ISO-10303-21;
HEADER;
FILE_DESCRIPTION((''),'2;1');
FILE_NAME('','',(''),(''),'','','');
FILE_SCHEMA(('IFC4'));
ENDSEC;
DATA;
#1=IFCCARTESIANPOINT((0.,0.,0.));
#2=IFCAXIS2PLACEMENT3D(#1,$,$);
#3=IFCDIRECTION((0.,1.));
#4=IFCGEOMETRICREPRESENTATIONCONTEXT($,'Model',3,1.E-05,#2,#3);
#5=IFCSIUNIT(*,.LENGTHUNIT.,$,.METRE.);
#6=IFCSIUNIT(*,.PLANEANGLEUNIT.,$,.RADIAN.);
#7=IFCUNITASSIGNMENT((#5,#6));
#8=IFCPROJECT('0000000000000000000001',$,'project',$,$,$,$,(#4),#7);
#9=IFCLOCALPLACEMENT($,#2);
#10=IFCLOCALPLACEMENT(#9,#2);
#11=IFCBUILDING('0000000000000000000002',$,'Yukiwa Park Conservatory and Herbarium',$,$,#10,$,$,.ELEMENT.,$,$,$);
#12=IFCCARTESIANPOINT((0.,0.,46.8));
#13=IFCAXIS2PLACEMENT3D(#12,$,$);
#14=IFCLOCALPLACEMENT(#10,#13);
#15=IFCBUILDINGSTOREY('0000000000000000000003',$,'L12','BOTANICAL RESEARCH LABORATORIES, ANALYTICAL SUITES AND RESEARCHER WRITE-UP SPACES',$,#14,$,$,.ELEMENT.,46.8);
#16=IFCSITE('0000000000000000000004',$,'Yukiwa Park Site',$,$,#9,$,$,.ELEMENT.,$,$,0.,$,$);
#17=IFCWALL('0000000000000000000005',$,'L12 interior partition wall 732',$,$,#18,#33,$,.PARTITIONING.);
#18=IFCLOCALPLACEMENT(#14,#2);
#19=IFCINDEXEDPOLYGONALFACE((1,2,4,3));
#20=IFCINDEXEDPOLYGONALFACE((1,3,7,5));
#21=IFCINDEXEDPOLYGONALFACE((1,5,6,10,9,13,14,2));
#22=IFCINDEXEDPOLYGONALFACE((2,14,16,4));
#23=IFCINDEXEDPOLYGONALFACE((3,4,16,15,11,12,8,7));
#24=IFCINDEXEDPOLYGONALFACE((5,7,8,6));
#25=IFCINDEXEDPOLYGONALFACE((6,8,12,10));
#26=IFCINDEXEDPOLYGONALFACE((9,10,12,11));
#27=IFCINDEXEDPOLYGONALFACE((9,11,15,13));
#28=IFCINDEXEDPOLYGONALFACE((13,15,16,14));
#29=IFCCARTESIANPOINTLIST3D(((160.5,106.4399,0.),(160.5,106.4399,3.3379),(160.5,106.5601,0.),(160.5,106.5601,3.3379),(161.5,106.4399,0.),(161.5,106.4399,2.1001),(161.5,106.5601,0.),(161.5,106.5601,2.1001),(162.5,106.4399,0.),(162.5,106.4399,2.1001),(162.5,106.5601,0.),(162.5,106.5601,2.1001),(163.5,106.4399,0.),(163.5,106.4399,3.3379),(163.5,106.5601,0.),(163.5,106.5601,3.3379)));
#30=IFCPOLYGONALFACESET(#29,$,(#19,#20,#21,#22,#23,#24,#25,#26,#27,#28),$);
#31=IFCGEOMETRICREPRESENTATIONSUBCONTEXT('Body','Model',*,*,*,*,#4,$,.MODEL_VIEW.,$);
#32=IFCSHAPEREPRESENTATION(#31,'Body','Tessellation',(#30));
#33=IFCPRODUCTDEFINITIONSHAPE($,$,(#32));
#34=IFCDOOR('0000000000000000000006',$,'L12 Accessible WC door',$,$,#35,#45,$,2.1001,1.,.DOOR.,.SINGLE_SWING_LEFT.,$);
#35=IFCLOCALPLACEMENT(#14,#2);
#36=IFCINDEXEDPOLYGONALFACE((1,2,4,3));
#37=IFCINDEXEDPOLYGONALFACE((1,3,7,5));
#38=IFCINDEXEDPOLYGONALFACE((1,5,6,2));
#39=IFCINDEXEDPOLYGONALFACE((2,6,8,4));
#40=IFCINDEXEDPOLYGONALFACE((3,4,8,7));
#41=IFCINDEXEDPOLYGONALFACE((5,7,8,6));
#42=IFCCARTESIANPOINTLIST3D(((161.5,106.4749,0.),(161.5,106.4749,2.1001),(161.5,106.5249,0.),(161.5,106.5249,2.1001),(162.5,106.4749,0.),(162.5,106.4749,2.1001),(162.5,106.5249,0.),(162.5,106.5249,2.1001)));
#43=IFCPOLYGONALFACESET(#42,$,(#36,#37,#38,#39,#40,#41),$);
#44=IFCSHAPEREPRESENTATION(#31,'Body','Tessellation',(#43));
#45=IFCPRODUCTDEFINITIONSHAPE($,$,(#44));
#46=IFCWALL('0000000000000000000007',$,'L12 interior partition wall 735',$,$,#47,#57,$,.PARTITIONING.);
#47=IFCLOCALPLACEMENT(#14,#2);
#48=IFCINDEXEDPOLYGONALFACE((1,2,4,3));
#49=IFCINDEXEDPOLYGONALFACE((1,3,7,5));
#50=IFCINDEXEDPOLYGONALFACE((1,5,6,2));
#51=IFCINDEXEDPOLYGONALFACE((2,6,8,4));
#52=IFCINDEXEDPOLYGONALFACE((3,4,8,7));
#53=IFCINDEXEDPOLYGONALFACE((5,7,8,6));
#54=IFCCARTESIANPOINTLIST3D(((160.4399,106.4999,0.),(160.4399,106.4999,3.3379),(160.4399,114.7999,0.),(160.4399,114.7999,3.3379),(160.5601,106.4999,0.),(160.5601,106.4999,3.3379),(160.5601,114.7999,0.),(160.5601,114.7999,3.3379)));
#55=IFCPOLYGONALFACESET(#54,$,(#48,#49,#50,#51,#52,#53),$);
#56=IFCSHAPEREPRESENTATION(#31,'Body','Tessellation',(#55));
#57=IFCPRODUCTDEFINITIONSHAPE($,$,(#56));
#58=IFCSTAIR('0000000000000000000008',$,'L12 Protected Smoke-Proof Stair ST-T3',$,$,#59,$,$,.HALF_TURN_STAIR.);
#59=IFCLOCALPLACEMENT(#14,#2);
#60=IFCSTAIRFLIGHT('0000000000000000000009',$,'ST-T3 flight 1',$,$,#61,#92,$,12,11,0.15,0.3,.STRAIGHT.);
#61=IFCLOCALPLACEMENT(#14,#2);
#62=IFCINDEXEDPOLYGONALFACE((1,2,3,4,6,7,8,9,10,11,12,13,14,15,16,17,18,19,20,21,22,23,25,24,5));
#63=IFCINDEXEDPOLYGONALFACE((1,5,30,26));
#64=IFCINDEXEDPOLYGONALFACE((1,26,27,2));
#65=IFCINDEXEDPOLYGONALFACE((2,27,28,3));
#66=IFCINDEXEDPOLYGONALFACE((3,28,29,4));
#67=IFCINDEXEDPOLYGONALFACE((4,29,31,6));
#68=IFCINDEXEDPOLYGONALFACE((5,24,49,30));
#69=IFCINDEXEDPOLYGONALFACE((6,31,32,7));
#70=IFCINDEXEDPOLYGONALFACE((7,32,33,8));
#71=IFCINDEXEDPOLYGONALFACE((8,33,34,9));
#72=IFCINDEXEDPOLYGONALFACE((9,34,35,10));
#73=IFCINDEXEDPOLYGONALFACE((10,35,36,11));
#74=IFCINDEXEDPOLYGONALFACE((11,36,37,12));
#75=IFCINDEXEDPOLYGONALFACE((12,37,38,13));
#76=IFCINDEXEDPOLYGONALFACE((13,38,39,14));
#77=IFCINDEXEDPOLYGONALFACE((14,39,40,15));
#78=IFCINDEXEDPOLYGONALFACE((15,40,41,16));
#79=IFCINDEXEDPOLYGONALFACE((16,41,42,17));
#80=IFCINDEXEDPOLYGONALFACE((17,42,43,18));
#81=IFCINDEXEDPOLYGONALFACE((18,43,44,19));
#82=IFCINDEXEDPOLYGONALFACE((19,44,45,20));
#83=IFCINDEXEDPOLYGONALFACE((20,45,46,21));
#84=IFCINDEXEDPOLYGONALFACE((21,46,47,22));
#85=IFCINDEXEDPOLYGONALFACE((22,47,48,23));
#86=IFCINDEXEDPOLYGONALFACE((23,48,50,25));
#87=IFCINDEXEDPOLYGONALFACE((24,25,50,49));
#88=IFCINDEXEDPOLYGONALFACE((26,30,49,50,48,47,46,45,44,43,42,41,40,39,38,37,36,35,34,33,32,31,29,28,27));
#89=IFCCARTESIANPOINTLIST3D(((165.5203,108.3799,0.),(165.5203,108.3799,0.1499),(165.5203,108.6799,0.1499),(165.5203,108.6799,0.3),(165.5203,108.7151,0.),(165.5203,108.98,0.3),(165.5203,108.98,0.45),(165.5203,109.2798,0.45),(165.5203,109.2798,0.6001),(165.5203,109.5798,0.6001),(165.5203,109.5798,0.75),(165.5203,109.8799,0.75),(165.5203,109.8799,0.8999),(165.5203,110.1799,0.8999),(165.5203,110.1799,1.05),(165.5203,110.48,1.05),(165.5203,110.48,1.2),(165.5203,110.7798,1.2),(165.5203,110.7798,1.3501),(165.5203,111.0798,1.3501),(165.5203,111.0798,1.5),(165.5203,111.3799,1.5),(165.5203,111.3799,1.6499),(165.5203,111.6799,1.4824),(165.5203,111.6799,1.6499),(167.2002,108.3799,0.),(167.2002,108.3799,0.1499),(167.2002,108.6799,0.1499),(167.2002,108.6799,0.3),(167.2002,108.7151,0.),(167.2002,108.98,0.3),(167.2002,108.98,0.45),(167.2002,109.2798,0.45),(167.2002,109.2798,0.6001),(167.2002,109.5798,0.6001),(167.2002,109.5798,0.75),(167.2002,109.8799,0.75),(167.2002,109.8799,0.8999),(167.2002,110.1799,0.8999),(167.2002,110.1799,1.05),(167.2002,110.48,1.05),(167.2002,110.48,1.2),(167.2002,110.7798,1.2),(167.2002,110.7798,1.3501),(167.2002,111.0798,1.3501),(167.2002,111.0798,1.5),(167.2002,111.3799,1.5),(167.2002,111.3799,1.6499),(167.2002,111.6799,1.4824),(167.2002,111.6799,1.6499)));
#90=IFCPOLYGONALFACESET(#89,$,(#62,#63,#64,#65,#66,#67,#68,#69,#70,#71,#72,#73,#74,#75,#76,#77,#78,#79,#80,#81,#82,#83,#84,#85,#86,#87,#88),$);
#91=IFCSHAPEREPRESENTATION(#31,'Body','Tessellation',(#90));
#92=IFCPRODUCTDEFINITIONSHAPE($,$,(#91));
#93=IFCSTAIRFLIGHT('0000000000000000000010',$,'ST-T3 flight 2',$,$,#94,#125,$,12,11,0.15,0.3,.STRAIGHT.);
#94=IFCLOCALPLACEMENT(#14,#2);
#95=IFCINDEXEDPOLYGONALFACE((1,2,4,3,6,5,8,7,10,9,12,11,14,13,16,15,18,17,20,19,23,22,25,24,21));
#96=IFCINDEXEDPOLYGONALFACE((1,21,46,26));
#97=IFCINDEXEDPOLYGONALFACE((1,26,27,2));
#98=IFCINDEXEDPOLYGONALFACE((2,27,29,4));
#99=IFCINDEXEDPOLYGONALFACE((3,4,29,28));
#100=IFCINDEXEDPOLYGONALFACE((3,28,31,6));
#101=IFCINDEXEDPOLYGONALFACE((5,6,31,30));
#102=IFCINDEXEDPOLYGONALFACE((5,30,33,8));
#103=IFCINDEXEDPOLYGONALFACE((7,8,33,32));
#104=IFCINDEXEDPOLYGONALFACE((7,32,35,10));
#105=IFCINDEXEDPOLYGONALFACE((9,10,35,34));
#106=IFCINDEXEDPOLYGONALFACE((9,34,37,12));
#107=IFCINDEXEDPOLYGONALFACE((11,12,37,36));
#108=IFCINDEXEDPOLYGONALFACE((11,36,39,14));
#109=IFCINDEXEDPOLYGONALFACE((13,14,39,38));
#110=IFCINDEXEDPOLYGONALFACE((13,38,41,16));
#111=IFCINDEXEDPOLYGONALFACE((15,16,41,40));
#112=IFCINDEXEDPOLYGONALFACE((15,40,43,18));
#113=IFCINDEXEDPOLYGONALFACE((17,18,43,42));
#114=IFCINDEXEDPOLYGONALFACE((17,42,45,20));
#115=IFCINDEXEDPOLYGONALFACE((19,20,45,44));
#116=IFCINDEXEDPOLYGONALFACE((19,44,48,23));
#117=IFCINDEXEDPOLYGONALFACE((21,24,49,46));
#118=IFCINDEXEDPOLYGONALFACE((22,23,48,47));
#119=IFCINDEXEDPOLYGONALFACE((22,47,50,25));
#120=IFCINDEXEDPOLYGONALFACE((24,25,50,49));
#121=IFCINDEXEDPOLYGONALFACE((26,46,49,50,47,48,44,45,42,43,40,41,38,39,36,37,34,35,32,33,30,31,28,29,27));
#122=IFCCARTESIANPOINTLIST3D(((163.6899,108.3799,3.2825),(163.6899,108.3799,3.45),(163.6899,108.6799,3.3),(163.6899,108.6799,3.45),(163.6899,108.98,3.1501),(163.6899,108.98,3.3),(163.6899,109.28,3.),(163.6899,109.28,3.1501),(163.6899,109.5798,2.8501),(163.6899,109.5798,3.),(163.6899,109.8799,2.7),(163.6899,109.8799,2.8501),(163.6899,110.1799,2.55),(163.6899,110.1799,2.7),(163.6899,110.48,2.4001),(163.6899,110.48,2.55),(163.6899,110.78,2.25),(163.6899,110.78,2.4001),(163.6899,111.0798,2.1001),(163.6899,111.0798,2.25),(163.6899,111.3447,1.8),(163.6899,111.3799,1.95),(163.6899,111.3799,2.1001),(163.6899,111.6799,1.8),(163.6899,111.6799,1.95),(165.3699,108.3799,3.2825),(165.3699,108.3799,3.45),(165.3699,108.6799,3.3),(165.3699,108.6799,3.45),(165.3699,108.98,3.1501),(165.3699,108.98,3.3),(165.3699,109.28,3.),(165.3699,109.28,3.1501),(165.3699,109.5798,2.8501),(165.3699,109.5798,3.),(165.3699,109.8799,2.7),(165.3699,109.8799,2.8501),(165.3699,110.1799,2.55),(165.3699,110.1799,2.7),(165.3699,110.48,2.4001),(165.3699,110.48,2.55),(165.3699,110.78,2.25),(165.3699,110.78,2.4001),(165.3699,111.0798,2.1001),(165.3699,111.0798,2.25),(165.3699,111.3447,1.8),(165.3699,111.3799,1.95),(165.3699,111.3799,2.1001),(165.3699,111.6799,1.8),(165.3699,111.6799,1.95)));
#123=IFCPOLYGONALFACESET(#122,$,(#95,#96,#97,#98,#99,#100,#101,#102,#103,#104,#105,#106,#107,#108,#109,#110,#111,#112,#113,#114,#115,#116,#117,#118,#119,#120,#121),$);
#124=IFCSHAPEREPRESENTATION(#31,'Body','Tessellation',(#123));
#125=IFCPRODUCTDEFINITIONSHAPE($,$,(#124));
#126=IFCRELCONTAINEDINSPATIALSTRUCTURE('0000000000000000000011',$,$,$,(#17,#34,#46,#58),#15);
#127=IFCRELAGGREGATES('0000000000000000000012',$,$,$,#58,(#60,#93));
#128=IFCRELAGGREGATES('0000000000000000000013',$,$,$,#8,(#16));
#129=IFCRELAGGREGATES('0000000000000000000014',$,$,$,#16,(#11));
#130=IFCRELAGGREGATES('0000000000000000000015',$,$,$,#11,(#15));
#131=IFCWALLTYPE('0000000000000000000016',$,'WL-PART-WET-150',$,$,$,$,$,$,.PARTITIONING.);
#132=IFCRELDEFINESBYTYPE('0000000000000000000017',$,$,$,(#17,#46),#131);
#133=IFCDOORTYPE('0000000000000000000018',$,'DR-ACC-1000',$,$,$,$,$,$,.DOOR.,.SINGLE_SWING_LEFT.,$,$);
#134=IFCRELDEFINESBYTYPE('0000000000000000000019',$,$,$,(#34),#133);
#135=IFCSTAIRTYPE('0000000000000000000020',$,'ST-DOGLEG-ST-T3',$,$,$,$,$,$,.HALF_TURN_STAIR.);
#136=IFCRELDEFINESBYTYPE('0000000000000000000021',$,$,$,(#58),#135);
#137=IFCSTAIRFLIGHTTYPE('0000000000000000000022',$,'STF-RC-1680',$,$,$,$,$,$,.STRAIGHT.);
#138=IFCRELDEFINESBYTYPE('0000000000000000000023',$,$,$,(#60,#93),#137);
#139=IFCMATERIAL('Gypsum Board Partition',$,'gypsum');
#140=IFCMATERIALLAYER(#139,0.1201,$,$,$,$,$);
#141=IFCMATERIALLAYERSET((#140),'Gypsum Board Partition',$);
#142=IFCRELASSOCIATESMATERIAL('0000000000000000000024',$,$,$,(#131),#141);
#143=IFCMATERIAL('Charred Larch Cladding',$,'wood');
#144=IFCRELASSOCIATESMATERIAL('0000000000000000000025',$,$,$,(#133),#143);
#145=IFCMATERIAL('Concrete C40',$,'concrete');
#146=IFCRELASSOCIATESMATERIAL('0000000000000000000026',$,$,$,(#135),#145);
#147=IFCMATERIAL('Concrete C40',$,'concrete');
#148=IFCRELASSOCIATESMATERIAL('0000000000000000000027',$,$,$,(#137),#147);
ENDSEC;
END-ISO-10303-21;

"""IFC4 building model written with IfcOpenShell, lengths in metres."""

from ifc_helpers import new_model, si_unit, direction, frame, frame_2d, origin, place, context, subcontext, project, spatial, polyline, rectangle, outline, extrude, material, layer, layer_set, type_object, element, fill, aggregate, save


model = new_model("IFC4")

# Units and contexts
model_context = context("Model", 3, precision=1e-05, world=origin(), true_north=direction((0.0, 1.0)))
body_context = subcontext(model_context, "Body", "Model", "MODEL_VIEW")
ifc_project = project(units=[si_unit("LENGTHUNIT", "METRE"), si_unit("PLANEANGLEUNIT", "RADIAN")], contexts=[model_context])

# Site, building, storey
site_placement = place(None, origin())
site = spatial("IfcSite", under=ifc_project, at=site_placement, Name="Yukiwa Park Site", CompositionType="ELEMENT", RefElevation=0.0)
building_placement = place(site_placement, origin())
building = spatial("IfcBuilding", under=site, at=building_placement, Name="Yukiwa Park Conservatory and Herbarium", CompositionType="ELEMENT")
storey_placement = place(building_placement, frame((0.0, 0.0, 46.8)))
storey = spatial("IfcBuildingStorey", under=building, at=storey_placement, Name="L12", Description="BOTANICAL RESEARCH LABORATORIES, ANALYTICAL SUITES AND RESEARCHER WRITE-UP SPACES", CompositionType="ELEMENT", Elevation=46.8)

# Wall, opening, door
ifc_material_1 = material(Name="Gypsum Board Partition", Category="gypsum")
ifc_layer_1 = layer(ifc_material_1, 0.1201)
ifc_layer_set_1 = layer_set([ifc_layer_1], Name="Gypsum Board Partition")
wall_type_1 = type_object("IfcWallType", Name="WL-PART-WET-150", PredefinedType="PARTITIONING", material=ifc_layer_set_1)
wall_1_placement = place(storey_placement, frame((160.5, 106.5, 0.0), z_axis=(0.0, 0.0, 1.0), x_axis=(1.0, 0.0, 0.0)))
wall_1 = element("IfcWall", 1, at=wall_1_placement, inside=storey, type_object=wall_type_1, Name="L12 interior partition wall 732", PredefinedType="PARTITIONING", context=body_context, shape_type="SweptSolid", body=[
    extrude(rectangle(XDim=3.0, YDim=0.1201, at=frame_2d((1.5, 0.0))), origin(), (0.0, 0.0, 1.0), 3.3379),
])
opening_1_placement = place(wall_1_placement, frame((1.0, 0.0, 0.0)))
opening_1 = element("IfcOpeningElement", 2, at=opening_1_placement, cuts=wall_1, PredefinedType="OPENING", context=body_context, shape_type="SweptSolid", body=[
    extrude(rectangle(XDim=1.0, YDim=2.1001, at=frame_2d((0.5, 1.05))), frame((0.0, 0.0701, 0.0), z_axis=(0.0, -1.0, 0.0), x_axis=(1.0, 0.0, 0.0)), (0.0, 0.0, 1.0), 0.1401),
])
ifc_material_2 = material(Name="Charred Larch Cladding", Category="wood")
door_type_1 = type_object("IfcDoorType", Name="DR-ACC-1000", OperationType="SINGLE_SWING_LEFT", PredefinedType="DOOR", material=ifc_material_2)
door_1_placement = place(opening_1_placement, origin())
door_1 = element("IfcDoor", 3, at=door_1_placement, inside=storey, type_object=door_type_1, Name="L12 Accessible WC door", OperationType="SINGLE_SWING_LEFT", OverallHeight=2.1001, OverallWidth=1.0, PredefinedType="DOOR", context=body_context, shape_type="SweptSolid", body=[
    extrude(rectangle(XDim=1.0, YDim=2.1001, at=frame_2d((0.5, 1.05))), frame((0.0, 0.0249, 0.0), z_axis=(0.0, -1.0, 0.0), x_axis=(1.0, 0.0, 0.0)), (0.0, 0.0, 1.0), 0.05),
])
fill(opening_1, door_1)

# Wall
wall_2_placement = place(storey_placement, frame((160.5, 106.5, 0.0), z_axis=(0.0, 0.0, 1.0), x_axis=(0.0, 1.0, 0.0)))
element("IfcWall", 4, at=wall_2_placement, inside=storey, type_object=wall_type_1, Name="L12 interior partition wall 735", PredefinedType="PARTITIONING", context=body_context, shape_type="SweptSolid", body=[
    extrude(rectangle(XDim=8.3, YDim=0.1201, at=frame_2d((4.1499, 0.0))), origin(), (0.0, 0.0, 1.0), 3.3379),
])

# Stair, stair flights
ifc_material_3 = material(Name="Concrete C40", Category="concrete")
stair_type = type_object("IfcStairType", Name="ST-DOGLEG-ST-T3", PredefinedType="HALF_TURN_STAIR", material=ifc_material_3)
stair_placement = place(storey_placement, origin())
stair = element("IfcStair", 5, at=stair_placement, inside=storey, type_object=stair_type, Name="L12 Protected Smoke-Proof Stair ST-T3", PredefinedType="HALF_TURN_STAIR")
ifc_material_4 = material(Name="Concrete C40", Category="concrete")
stair_flight_type = type_object("IfcStairFlightType", Name="STF-RC-1680", PredefinedType="STRAIGHT", material=ifc_material_4)
stair_flight_1_placement = place(storey_placement, frame((166.3601, 108.3799, 0.0), z_axis=(0.0, 0.0, 1.0), x_axis=(0.0, 1.0, 0.0)))
stair_flight_1 = element("IfcStairFlight", 6, at=stair_flight_1_placement, type_object=stair_flight_type, Name="ST-T3 flight 1", NumberOfRisers=12, NumberOfTreads=11, PredefinedType="STRAIGHT", RiserHeight=0.15, TreadLength=0.3, context=body_context, shape_type="SweptSolid", body=[
    extrude(outline(polyline([(0.0, 0.0), (0.0, 0.1499), (0.3, 0.1499), (0.3, 0.3), (0.6001, 0.3), (0.6001, 0.45), (0.8999, 0.45), (0.8999, 0.6001), (1.2, 0.6001), (1.2, 0.75), (1.5, 0.75), (1.5, 0.8999), (1.8, 0.8999), (1.8, 1.05), (2.1001, 1.05), (2.1001, 1.2), (2.3999, 1.2), (2.3999, 1.3501), (2.7, 1.3501), (2.7, 1.5), (3.0, 1.5), (3.0, 1.6499), (3.3, 1.6499), (3.3, 1.8), (3.3, 1.4824), (0.3352, 0.0), (0.0, 0.0)])), frame((0.0, 0.8398, 0.0), z_axis=(0.0, -1.0, 0.0), x_axis=(1.0, 0.0, 0.0)), (0.0, 0.0, 1.0), 1.6799),
])
stair_flight_2_placement = place(storey_placement, frame((164.53, 111.6799, 1.8), z_axis=(0.0, 0.0, 1.0), x_axis=(0.0, -1.0, 0.0)))
stair_flight_2 = element("IfcStairFlight", 7, at=stair_flight_2_placement, type_object=stair_flight_type, Name="ST-T3 flight 2", NumberOfRisers=12, NumberOfTreads=11, PredefinedType="STRAIGHT", RiserHeight=0.15, TreadLength=0.3, context=body_context, shape_type="SweptSolid", body=[
    extrude(outline(polyline([(0.0, 0.0), (0.0, 0.1499), (0.3, 0.1499), (0.3, 0.3), (0.6001, 0.3), (0.6001, 0.45), (0.8999, 0.45), (0.8999, 0.6001), (1.2, 0.6001), (1.2, 0.75), (1.5, 0.75), (1.5, 0.8999), (1.8, 0.8999), (1.8, 1.05), (2.1001, 1.05), (2.1001, 1.2), (2.3999, 1.2), (2.3999, 1.3501), (2.7, 1.3501), (2.7, 1.5), (3.0, 1.5), (3.0, 1.6499), (3.3, 1.6499), (3.3, 1.8), (3.3, 1.4824), (0.3352, 0.0), (0.0, 0.0)])), frame((0.0, 0.8398, 0.0), z_axis=(0.0, -1.0, 0.0), x_axis=(1.0, 0.0, 0.0)), (0.0, 0.0, 1.0), 1.6799),
])
aggregate(stair, [stair_flight_1, stair_flight_2])

save(model, "model.ifc")
